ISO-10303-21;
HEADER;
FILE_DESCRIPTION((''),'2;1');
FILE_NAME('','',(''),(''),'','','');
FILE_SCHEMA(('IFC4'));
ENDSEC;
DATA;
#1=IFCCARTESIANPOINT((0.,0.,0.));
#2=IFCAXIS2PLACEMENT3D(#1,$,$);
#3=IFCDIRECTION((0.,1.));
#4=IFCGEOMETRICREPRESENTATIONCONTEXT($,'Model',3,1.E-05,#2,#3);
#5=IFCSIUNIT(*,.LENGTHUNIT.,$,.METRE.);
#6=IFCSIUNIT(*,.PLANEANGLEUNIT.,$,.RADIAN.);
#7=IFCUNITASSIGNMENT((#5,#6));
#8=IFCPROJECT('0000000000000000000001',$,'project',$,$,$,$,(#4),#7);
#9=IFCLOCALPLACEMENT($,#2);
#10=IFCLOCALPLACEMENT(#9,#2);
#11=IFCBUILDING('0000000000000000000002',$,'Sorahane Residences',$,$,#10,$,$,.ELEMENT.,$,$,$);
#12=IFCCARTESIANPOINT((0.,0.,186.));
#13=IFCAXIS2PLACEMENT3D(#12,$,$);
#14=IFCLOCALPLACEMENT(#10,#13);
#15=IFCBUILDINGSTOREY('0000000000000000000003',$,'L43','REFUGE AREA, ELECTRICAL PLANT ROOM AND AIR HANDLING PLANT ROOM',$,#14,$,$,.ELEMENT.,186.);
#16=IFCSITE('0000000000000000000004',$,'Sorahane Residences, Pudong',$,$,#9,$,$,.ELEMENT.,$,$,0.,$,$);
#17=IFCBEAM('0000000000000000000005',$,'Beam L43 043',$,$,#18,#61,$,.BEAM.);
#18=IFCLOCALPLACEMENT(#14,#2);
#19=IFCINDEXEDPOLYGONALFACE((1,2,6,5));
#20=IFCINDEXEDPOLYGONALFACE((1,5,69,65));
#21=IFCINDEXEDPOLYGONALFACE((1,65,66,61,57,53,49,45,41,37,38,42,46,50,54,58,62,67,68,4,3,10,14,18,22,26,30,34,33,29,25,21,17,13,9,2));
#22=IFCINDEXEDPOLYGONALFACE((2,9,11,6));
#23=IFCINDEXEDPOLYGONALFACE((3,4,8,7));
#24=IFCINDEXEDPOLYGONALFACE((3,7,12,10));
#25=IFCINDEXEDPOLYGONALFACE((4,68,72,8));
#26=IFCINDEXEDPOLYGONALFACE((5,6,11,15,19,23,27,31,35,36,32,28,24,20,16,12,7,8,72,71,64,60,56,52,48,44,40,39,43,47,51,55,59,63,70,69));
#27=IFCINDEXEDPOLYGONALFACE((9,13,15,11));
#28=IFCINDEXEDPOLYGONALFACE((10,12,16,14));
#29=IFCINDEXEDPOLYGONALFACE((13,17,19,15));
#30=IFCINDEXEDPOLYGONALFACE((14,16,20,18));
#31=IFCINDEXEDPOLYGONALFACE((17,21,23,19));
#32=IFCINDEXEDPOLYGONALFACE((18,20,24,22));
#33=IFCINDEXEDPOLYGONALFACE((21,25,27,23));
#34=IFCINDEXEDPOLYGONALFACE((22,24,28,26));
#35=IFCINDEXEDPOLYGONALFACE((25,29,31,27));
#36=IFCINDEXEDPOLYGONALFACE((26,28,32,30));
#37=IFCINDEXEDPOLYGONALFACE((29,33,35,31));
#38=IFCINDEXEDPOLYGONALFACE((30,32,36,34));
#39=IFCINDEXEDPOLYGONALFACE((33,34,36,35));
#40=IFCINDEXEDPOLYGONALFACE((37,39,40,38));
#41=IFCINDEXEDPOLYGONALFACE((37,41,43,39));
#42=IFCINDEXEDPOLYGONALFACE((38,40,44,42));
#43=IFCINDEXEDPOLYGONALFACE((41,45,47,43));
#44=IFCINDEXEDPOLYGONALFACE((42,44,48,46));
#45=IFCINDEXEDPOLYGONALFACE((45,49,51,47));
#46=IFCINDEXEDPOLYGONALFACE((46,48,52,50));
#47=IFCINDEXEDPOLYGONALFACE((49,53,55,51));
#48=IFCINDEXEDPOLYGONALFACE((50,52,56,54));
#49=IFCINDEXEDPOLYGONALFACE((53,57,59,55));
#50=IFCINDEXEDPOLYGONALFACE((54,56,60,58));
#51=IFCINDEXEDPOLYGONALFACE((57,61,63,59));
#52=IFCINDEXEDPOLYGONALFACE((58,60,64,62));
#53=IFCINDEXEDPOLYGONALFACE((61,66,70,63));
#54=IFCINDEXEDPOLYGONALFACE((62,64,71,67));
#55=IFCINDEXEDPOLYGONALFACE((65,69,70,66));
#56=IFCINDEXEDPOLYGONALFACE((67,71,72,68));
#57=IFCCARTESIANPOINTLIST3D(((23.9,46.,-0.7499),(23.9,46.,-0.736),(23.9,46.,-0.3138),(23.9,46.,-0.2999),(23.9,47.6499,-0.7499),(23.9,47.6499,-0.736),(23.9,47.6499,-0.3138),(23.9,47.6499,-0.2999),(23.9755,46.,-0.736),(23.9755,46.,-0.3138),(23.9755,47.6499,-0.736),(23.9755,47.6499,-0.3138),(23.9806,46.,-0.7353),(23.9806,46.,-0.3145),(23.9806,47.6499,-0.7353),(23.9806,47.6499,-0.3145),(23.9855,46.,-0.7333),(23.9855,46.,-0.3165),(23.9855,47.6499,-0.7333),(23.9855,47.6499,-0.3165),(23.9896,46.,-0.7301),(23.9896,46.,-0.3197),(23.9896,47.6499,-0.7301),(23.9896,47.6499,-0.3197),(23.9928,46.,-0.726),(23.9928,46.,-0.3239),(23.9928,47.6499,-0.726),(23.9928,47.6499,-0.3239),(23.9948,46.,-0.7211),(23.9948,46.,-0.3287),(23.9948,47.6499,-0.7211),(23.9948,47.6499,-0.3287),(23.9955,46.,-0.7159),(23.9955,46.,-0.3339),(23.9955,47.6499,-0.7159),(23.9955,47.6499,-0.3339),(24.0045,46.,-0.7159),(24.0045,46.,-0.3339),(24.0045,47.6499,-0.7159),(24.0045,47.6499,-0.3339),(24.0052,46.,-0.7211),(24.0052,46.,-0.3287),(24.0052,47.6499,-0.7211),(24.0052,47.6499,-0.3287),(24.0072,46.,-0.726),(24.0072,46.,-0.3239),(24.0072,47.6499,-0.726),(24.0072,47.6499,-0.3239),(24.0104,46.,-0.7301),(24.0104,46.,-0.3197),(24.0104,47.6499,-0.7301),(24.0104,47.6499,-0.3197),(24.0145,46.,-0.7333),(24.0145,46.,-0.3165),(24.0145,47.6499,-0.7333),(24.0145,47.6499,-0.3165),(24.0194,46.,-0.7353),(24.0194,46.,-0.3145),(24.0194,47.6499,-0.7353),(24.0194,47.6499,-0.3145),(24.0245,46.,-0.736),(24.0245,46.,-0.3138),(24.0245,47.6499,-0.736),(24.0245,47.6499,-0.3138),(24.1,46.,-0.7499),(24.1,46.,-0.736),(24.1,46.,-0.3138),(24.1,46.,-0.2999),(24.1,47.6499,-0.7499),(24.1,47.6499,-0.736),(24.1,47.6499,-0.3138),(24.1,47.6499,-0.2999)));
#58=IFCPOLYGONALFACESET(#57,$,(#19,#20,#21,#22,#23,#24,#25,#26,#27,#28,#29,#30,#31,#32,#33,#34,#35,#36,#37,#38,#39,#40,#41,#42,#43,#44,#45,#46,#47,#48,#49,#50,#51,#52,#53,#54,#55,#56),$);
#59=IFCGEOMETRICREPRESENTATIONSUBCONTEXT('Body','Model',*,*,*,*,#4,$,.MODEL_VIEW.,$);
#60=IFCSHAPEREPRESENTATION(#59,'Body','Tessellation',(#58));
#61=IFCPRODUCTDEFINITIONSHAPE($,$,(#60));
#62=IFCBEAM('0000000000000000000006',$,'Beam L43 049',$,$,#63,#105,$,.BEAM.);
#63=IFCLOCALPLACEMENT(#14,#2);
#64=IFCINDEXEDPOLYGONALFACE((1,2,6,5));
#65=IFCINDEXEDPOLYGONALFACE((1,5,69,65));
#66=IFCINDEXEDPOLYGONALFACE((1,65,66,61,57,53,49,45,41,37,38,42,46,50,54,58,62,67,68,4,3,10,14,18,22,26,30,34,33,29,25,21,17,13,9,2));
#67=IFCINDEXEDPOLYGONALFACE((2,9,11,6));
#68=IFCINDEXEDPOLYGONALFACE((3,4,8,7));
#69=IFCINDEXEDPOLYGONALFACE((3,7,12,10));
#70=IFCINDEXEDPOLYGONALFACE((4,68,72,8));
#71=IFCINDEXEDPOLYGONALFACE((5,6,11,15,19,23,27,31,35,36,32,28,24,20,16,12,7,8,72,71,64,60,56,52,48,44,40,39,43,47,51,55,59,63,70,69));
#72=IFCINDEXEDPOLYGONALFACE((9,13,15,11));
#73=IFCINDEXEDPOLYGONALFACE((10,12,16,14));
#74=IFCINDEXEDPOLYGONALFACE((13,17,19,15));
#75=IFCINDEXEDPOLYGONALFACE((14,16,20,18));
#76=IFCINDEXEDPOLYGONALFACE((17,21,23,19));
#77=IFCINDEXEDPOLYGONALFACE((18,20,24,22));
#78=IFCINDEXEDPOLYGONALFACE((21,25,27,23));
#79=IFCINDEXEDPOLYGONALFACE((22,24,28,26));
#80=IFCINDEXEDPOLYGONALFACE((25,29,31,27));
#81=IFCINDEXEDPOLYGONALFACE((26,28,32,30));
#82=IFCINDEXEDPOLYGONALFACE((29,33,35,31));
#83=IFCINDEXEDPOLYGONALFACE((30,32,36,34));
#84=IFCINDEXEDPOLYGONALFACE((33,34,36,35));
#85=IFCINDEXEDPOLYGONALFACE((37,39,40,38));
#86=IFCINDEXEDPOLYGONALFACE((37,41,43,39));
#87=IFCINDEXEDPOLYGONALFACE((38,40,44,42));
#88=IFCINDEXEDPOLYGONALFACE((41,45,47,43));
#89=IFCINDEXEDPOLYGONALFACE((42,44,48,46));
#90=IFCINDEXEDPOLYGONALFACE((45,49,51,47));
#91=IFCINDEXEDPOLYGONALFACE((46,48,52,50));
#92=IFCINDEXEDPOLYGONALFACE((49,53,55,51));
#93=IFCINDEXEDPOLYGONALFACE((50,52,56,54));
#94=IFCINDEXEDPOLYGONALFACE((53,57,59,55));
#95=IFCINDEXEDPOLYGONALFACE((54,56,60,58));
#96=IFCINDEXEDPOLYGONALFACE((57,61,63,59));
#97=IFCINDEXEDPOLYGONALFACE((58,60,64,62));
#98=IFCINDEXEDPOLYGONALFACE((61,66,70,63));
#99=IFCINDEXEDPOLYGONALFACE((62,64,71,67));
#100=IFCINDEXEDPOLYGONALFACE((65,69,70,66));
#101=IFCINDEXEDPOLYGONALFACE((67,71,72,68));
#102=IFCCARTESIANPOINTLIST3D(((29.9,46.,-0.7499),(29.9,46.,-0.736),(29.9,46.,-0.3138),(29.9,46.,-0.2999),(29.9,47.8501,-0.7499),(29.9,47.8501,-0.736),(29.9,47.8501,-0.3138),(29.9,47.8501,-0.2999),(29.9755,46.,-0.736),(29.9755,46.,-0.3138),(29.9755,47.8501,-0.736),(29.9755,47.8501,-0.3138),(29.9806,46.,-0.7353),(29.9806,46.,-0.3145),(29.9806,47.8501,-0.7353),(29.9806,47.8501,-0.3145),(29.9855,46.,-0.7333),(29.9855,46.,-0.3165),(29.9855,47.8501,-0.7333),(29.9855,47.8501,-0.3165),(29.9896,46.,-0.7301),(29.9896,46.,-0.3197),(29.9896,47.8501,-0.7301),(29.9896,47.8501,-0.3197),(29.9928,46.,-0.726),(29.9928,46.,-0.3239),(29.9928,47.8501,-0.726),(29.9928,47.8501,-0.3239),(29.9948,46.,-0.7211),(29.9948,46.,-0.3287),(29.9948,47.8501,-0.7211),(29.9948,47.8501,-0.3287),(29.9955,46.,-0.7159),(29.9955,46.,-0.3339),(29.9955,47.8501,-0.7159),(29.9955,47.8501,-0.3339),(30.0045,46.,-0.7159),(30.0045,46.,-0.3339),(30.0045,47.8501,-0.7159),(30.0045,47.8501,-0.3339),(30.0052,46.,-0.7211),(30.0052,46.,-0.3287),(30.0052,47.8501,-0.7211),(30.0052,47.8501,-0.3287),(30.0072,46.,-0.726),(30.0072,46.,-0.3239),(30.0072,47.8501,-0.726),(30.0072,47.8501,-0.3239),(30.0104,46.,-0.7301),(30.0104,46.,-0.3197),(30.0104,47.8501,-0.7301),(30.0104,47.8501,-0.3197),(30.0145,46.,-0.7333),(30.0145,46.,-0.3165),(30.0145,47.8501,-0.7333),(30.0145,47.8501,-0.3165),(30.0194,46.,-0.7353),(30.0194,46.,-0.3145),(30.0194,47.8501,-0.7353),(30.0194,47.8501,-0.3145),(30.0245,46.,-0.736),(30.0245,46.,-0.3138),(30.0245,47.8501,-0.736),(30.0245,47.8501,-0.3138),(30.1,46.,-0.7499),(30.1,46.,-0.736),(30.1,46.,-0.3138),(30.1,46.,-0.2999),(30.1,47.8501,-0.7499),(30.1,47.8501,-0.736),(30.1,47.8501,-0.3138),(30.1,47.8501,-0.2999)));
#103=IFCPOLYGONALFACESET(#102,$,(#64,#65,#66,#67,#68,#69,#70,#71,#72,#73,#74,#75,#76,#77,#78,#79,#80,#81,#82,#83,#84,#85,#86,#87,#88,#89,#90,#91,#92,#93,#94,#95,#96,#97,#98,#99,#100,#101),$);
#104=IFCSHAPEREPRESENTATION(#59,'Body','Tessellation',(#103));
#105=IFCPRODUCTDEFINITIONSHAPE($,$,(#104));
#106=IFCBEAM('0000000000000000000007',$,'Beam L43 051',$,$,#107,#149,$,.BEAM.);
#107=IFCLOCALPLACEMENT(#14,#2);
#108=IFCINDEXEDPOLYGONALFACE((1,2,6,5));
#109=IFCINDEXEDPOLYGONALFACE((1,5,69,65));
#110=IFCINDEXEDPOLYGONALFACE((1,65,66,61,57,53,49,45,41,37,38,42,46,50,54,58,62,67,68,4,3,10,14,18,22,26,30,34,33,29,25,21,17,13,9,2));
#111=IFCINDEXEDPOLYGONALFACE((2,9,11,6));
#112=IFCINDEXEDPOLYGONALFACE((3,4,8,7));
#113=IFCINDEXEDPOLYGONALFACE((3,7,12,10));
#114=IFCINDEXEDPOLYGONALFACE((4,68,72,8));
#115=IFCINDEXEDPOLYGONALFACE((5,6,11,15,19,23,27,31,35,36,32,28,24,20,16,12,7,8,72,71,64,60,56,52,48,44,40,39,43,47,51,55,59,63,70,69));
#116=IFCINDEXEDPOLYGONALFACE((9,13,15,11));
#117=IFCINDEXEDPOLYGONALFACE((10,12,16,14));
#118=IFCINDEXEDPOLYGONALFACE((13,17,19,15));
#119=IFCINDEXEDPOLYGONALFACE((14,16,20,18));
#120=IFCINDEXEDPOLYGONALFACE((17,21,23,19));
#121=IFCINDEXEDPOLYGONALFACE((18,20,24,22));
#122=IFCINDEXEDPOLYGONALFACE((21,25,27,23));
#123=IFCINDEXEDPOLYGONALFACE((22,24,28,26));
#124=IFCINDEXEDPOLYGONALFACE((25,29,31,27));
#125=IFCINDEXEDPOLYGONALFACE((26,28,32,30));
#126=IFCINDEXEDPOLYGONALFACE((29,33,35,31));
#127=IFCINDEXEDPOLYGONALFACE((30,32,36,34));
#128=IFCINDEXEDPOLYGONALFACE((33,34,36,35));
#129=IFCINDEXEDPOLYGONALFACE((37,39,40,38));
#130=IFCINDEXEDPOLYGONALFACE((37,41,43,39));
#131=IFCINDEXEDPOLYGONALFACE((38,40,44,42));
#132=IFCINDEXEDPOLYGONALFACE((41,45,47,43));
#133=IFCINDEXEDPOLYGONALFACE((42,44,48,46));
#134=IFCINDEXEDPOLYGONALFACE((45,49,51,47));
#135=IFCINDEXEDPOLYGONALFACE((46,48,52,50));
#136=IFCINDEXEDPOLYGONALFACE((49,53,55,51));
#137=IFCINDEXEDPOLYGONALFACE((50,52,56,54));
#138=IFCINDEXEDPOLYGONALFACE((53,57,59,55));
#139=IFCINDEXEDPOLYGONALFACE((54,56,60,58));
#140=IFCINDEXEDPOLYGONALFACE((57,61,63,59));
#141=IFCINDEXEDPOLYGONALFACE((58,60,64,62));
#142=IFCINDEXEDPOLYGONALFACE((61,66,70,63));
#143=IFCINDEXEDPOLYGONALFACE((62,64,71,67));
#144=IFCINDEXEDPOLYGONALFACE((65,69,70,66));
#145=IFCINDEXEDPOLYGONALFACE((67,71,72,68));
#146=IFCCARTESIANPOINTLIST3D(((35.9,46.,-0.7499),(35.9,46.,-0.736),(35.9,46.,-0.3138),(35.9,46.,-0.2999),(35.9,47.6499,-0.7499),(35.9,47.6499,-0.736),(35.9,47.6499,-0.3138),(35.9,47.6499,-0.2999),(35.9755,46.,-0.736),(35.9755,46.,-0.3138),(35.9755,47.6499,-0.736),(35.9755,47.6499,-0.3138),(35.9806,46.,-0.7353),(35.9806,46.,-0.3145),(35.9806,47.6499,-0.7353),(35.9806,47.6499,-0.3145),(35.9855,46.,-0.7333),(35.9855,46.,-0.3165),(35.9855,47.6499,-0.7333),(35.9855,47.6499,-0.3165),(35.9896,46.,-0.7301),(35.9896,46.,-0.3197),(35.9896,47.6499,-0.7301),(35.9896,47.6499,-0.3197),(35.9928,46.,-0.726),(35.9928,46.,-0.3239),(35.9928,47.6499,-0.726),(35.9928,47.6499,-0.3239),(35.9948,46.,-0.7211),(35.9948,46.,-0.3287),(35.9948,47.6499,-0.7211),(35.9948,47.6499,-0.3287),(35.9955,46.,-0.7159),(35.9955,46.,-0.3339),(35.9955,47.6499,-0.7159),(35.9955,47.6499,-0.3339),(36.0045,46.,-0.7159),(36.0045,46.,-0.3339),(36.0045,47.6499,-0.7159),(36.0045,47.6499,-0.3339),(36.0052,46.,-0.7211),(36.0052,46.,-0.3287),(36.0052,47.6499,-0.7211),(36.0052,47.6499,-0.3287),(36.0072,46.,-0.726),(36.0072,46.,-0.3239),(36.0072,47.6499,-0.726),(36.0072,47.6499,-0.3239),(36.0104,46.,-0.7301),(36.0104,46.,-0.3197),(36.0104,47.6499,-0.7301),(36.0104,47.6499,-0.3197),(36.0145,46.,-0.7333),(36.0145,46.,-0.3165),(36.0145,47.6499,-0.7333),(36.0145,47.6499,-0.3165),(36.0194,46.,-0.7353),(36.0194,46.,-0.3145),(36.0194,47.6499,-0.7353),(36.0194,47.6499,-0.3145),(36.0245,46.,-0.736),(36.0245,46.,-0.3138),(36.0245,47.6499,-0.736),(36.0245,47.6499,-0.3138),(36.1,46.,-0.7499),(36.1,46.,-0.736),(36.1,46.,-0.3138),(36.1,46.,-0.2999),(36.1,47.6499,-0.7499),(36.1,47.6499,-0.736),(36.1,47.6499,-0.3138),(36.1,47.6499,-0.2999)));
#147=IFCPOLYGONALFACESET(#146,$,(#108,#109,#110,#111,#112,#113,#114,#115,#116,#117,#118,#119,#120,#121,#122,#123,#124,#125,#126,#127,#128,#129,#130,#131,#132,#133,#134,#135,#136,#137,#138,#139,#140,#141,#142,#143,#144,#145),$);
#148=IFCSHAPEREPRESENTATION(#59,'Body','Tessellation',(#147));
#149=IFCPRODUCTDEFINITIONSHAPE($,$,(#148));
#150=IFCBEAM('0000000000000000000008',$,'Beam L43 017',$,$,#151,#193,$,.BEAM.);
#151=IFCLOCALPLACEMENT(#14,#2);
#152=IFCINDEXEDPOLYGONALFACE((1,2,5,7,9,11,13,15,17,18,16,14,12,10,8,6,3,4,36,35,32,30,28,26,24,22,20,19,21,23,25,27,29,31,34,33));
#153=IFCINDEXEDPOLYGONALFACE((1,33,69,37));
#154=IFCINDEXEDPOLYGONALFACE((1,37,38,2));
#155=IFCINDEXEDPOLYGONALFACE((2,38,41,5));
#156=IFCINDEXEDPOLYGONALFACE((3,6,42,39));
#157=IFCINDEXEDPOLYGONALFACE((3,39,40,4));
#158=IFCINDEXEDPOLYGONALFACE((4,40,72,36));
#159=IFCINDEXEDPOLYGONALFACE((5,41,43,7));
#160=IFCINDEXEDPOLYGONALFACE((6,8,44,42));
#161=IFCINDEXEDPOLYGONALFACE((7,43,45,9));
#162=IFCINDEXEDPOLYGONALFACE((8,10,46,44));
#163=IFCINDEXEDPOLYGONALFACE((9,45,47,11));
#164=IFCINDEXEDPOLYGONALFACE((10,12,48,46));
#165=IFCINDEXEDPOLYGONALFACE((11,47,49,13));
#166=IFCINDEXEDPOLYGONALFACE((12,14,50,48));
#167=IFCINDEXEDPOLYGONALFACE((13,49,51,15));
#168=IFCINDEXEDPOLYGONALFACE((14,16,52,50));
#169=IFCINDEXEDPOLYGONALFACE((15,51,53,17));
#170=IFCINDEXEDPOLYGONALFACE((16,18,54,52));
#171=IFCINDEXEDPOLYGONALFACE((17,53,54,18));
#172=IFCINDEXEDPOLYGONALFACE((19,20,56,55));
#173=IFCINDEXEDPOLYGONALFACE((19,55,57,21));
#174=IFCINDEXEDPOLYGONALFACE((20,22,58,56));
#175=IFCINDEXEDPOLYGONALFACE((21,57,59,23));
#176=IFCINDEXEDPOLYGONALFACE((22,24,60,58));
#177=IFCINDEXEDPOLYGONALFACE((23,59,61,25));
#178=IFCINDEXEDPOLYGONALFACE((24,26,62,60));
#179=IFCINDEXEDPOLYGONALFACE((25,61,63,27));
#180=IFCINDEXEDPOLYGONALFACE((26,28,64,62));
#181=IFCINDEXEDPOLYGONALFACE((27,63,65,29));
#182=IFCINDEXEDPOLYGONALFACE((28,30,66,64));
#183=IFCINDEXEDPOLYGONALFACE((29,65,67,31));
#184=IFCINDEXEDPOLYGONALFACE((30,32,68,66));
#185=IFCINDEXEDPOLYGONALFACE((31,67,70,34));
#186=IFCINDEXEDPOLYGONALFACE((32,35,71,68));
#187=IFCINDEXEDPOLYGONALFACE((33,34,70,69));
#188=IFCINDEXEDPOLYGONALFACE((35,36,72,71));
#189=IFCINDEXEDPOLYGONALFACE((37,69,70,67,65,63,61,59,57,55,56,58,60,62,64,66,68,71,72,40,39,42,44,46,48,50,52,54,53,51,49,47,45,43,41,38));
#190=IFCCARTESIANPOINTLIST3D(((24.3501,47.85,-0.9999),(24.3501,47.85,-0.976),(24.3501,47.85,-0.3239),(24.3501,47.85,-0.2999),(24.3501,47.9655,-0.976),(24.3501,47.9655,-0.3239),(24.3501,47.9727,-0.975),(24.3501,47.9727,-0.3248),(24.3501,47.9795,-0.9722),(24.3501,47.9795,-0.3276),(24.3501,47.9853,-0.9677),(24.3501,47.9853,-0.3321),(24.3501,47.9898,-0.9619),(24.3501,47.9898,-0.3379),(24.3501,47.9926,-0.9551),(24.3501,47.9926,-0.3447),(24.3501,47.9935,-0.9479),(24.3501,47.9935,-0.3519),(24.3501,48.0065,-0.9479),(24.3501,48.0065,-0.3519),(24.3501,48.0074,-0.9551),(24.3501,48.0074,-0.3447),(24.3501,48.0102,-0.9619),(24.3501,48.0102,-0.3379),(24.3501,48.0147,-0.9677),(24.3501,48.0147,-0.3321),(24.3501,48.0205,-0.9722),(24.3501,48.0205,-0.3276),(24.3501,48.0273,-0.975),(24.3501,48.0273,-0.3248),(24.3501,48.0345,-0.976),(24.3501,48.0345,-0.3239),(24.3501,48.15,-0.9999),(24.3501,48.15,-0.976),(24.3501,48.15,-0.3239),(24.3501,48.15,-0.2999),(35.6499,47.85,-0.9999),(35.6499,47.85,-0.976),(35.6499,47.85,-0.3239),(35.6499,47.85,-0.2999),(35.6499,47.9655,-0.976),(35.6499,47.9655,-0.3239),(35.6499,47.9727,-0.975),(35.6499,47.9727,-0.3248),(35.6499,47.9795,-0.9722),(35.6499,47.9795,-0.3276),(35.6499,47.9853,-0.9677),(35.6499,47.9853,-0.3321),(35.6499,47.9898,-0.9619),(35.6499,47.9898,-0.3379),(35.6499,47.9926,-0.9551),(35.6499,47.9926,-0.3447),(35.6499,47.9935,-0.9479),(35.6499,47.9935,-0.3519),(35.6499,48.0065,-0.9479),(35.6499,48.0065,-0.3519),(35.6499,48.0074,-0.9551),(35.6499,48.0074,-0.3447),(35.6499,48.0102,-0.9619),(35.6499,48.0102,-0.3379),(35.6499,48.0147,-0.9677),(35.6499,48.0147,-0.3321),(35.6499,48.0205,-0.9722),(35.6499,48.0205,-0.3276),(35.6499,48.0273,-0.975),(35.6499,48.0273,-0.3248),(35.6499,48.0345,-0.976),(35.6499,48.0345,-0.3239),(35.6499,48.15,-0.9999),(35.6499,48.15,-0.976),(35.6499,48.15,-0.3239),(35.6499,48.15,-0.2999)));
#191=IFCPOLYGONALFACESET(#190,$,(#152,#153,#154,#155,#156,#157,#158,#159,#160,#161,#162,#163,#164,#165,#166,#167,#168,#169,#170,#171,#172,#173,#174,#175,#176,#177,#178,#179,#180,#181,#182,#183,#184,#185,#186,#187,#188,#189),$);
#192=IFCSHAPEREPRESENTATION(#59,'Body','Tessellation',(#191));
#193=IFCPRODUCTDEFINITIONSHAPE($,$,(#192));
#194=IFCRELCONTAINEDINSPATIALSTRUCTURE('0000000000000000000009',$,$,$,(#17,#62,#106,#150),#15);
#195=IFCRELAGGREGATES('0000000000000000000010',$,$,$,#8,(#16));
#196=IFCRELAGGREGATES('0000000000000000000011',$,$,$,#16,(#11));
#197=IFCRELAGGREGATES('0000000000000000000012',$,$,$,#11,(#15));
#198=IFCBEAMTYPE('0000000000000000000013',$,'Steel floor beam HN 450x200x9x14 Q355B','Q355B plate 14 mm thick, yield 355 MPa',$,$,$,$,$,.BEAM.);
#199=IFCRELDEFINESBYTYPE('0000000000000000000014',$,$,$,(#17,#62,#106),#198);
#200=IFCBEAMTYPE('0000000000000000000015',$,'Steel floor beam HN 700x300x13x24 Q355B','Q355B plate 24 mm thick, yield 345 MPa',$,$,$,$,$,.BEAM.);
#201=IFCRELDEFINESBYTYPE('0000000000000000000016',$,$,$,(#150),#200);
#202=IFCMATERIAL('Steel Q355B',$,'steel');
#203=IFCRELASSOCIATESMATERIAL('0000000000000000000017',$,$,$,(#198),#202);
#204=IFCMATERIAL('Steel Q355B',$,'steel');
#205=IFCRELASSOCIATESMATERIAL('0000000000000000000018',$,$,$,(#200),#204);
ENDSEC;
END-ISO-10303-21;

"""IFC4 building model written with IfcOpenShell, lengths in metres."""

from ifc_helpers import new_model, si_unit, direction, frame, origin, origin_2d, place, context, subcontext, project, spatial, i_section, extrude, material, material_profile, profile_set, type_object, element, save


model = new_model("IFC4")

# Units and contexts
model_context = context("Model", 3, precision=1e-05, world=origin(), true_north=direction((0.0, 1.0)))
body_context = subcontext(model_context, "Body", "Model", "MODEL_VIEW")
ifc_project = project(units=[si_unit("LENGTHUNIT", "METRE"), si_unit("PLANEANGLEUNIT", "RADIAN")], contexts=[model_context])

# Site, building, storey
site_placement = place(None, origin())
site = spatial("IfcSite", under=ifc_project, at=site_placement, Name="Sorahane Residences, Pudong", CompositionType="ELEMENT", RefElevation=0.0)
building_placement = place(site_placement, origin())
building = spatial("IfcBuilding", under=site, at=building_placement, Name="Sorahane Residences", CompositionType="ELEMENT")
storey_placement = place(building_placement, frame((0.0, 0.0, 186.0)))
storey = spatial("IfcBuildingStorey", under=building, at=storey_placement, Name="L43", Description="REFUGE AREA, ELECTRICAL PLANT ROOM AND AIR HANDLING PLANT ROOM", CompositionType="ELEMENT", Elevation=186.0)

# Beams
ifc_material_1 = material(Name="Steel Q355B", Category="steel")
ifc_material_profile_1 = material_profile(ifc_material_1, i_section(OverallWidth=0.2, OverallDepth=0.45, WebThickness=0.009, FlangeThickness=0.0139, FilletRadius=0.02, at=origin_2d()), Name="HN 450x200x9x14")
ifc_profile_set_1 = profile_set([ifc_material_profile_1], Name="Steel Q355B")
beam_type_1 = type_object("IfcBeamType", Name="Steel floor beam HN 450x200x9x14 Q355B", Description="Q355B plate 14 mm thick, yield 355 MPa", PredefinedType="BEAM", material=ifc_profile_set_1)
beam_1_placement = place(storey_placement, frame((24.0, 46.0, -0.5249), z_axis=(0.0, 1.0, 0.0), x_axis=(-1.0, 0.0, 0.0)))
element("IfcBeam", 1, at=beam_1_placement, inside=storey, type_object=beam_type_1, Name="Beam L43 043", PredefinedType="BEAM", context=body_context, shape_type="SweptSolid", body=[
    extrude(i_section(OverallWidth=0.2, OverallDepth=0.45, WebThickness=0.009, FlangeThickness=0.0139, FilletRadius=0.02, at=origin_2d()), origin(), (0.0, 0.0, 1.0), 1.6499),
])
beam_2_placement = place(storey_placement, frame((30.0, 46.0, -0.5249), z_axis=(0.0, 1.0, 0.0), x_axis=(-1.0, 0.0, 0.0)))
element("IfcBeam", 2, at=beam_2_placement, inside=storey, type_object=beam_type_1, Name="Beam L43 049", PredefinedType="BEAM", context=body_context, shape_type="SweptSolid", body=[
    extrude(i_section(OverallWidth=0.2, OverallDepth=0.45, WebThickness=0.009, FlangeThickness=0.0139, FilletRadius=0.02, at=origin_2d()), origin(), (0.0, 0.0, 1.0), 1.8501),
])
beam_3_placement = place(storey_placement, frame((36.0, 46.0, -0.5249), z_axis=(0.0, 1.0, 0.0), x_axis=(-1.0, 0.0, 0.0)))
element("IfcBeam", 3, at=beam_3_placement, inside=storey, type_object=beam_type_1, Name="Beam L43 051", PredefinedType="BEAM", context=body_context, shape_type="SweptSolid", body=[
    extrude(i_section(OverallWidth=0.2, OverallDepth=0.45, WebThickness=0.009, FlangeThickness=0.0139, FilletRadius=0.02, at=origin_2d()), origin(), (0.0, 0.0, 1.0), 1.6499),
])
ifc_material_2 = material(Name="Steel Q355B", Category="steel")
ifc_material_profile_2 = material_profile(ifc_material_2, i_section(OverallWidth=0.3, OverallDepth=0.7, WebThickness=0.0129, FlangeThickness=0.0239, FilletRadius=0.0281, at=origin_2d()), Name="HN 700x300x13x24")
ifc_profile_set_2 = profile_set([ifc_material_profile_2], Name="Steel Q355B")
beam_type_2 = type_object("IfcBeamType", Name="Steel floor beam HN 700x300x13x24 Q355B", Description="Q355B plate 24 mm thick, yield 345 MPa", PredefinedType="BEAM", material=ifc_profile_set_2)
beam_4_placement = place(storey_placement, frame((24.3501, 48.0, -0.6499), z_axis=(1.0, 0.0, 0.0), x_axis=(0.0, 1.0, 0.0)))
element("IfcBeam", 4, at=beam_4_placement, inside=storey, type_object=beam_type_2, Name="Beam L43 017", PredefinedType="BEAM", context=body_context, shape_type="SweptSolid", body=[
    extrude(i_section(OverallWidth=0.3, OverallDepth=0.7, WebThickness=0.0129, FlangeThickness=0.0239, FilletRadius=0.0281, at=origin_2d()), origin(), (0.0, 0.0, 1.0), 11.2998),
])

save(model, "model.ifc")
